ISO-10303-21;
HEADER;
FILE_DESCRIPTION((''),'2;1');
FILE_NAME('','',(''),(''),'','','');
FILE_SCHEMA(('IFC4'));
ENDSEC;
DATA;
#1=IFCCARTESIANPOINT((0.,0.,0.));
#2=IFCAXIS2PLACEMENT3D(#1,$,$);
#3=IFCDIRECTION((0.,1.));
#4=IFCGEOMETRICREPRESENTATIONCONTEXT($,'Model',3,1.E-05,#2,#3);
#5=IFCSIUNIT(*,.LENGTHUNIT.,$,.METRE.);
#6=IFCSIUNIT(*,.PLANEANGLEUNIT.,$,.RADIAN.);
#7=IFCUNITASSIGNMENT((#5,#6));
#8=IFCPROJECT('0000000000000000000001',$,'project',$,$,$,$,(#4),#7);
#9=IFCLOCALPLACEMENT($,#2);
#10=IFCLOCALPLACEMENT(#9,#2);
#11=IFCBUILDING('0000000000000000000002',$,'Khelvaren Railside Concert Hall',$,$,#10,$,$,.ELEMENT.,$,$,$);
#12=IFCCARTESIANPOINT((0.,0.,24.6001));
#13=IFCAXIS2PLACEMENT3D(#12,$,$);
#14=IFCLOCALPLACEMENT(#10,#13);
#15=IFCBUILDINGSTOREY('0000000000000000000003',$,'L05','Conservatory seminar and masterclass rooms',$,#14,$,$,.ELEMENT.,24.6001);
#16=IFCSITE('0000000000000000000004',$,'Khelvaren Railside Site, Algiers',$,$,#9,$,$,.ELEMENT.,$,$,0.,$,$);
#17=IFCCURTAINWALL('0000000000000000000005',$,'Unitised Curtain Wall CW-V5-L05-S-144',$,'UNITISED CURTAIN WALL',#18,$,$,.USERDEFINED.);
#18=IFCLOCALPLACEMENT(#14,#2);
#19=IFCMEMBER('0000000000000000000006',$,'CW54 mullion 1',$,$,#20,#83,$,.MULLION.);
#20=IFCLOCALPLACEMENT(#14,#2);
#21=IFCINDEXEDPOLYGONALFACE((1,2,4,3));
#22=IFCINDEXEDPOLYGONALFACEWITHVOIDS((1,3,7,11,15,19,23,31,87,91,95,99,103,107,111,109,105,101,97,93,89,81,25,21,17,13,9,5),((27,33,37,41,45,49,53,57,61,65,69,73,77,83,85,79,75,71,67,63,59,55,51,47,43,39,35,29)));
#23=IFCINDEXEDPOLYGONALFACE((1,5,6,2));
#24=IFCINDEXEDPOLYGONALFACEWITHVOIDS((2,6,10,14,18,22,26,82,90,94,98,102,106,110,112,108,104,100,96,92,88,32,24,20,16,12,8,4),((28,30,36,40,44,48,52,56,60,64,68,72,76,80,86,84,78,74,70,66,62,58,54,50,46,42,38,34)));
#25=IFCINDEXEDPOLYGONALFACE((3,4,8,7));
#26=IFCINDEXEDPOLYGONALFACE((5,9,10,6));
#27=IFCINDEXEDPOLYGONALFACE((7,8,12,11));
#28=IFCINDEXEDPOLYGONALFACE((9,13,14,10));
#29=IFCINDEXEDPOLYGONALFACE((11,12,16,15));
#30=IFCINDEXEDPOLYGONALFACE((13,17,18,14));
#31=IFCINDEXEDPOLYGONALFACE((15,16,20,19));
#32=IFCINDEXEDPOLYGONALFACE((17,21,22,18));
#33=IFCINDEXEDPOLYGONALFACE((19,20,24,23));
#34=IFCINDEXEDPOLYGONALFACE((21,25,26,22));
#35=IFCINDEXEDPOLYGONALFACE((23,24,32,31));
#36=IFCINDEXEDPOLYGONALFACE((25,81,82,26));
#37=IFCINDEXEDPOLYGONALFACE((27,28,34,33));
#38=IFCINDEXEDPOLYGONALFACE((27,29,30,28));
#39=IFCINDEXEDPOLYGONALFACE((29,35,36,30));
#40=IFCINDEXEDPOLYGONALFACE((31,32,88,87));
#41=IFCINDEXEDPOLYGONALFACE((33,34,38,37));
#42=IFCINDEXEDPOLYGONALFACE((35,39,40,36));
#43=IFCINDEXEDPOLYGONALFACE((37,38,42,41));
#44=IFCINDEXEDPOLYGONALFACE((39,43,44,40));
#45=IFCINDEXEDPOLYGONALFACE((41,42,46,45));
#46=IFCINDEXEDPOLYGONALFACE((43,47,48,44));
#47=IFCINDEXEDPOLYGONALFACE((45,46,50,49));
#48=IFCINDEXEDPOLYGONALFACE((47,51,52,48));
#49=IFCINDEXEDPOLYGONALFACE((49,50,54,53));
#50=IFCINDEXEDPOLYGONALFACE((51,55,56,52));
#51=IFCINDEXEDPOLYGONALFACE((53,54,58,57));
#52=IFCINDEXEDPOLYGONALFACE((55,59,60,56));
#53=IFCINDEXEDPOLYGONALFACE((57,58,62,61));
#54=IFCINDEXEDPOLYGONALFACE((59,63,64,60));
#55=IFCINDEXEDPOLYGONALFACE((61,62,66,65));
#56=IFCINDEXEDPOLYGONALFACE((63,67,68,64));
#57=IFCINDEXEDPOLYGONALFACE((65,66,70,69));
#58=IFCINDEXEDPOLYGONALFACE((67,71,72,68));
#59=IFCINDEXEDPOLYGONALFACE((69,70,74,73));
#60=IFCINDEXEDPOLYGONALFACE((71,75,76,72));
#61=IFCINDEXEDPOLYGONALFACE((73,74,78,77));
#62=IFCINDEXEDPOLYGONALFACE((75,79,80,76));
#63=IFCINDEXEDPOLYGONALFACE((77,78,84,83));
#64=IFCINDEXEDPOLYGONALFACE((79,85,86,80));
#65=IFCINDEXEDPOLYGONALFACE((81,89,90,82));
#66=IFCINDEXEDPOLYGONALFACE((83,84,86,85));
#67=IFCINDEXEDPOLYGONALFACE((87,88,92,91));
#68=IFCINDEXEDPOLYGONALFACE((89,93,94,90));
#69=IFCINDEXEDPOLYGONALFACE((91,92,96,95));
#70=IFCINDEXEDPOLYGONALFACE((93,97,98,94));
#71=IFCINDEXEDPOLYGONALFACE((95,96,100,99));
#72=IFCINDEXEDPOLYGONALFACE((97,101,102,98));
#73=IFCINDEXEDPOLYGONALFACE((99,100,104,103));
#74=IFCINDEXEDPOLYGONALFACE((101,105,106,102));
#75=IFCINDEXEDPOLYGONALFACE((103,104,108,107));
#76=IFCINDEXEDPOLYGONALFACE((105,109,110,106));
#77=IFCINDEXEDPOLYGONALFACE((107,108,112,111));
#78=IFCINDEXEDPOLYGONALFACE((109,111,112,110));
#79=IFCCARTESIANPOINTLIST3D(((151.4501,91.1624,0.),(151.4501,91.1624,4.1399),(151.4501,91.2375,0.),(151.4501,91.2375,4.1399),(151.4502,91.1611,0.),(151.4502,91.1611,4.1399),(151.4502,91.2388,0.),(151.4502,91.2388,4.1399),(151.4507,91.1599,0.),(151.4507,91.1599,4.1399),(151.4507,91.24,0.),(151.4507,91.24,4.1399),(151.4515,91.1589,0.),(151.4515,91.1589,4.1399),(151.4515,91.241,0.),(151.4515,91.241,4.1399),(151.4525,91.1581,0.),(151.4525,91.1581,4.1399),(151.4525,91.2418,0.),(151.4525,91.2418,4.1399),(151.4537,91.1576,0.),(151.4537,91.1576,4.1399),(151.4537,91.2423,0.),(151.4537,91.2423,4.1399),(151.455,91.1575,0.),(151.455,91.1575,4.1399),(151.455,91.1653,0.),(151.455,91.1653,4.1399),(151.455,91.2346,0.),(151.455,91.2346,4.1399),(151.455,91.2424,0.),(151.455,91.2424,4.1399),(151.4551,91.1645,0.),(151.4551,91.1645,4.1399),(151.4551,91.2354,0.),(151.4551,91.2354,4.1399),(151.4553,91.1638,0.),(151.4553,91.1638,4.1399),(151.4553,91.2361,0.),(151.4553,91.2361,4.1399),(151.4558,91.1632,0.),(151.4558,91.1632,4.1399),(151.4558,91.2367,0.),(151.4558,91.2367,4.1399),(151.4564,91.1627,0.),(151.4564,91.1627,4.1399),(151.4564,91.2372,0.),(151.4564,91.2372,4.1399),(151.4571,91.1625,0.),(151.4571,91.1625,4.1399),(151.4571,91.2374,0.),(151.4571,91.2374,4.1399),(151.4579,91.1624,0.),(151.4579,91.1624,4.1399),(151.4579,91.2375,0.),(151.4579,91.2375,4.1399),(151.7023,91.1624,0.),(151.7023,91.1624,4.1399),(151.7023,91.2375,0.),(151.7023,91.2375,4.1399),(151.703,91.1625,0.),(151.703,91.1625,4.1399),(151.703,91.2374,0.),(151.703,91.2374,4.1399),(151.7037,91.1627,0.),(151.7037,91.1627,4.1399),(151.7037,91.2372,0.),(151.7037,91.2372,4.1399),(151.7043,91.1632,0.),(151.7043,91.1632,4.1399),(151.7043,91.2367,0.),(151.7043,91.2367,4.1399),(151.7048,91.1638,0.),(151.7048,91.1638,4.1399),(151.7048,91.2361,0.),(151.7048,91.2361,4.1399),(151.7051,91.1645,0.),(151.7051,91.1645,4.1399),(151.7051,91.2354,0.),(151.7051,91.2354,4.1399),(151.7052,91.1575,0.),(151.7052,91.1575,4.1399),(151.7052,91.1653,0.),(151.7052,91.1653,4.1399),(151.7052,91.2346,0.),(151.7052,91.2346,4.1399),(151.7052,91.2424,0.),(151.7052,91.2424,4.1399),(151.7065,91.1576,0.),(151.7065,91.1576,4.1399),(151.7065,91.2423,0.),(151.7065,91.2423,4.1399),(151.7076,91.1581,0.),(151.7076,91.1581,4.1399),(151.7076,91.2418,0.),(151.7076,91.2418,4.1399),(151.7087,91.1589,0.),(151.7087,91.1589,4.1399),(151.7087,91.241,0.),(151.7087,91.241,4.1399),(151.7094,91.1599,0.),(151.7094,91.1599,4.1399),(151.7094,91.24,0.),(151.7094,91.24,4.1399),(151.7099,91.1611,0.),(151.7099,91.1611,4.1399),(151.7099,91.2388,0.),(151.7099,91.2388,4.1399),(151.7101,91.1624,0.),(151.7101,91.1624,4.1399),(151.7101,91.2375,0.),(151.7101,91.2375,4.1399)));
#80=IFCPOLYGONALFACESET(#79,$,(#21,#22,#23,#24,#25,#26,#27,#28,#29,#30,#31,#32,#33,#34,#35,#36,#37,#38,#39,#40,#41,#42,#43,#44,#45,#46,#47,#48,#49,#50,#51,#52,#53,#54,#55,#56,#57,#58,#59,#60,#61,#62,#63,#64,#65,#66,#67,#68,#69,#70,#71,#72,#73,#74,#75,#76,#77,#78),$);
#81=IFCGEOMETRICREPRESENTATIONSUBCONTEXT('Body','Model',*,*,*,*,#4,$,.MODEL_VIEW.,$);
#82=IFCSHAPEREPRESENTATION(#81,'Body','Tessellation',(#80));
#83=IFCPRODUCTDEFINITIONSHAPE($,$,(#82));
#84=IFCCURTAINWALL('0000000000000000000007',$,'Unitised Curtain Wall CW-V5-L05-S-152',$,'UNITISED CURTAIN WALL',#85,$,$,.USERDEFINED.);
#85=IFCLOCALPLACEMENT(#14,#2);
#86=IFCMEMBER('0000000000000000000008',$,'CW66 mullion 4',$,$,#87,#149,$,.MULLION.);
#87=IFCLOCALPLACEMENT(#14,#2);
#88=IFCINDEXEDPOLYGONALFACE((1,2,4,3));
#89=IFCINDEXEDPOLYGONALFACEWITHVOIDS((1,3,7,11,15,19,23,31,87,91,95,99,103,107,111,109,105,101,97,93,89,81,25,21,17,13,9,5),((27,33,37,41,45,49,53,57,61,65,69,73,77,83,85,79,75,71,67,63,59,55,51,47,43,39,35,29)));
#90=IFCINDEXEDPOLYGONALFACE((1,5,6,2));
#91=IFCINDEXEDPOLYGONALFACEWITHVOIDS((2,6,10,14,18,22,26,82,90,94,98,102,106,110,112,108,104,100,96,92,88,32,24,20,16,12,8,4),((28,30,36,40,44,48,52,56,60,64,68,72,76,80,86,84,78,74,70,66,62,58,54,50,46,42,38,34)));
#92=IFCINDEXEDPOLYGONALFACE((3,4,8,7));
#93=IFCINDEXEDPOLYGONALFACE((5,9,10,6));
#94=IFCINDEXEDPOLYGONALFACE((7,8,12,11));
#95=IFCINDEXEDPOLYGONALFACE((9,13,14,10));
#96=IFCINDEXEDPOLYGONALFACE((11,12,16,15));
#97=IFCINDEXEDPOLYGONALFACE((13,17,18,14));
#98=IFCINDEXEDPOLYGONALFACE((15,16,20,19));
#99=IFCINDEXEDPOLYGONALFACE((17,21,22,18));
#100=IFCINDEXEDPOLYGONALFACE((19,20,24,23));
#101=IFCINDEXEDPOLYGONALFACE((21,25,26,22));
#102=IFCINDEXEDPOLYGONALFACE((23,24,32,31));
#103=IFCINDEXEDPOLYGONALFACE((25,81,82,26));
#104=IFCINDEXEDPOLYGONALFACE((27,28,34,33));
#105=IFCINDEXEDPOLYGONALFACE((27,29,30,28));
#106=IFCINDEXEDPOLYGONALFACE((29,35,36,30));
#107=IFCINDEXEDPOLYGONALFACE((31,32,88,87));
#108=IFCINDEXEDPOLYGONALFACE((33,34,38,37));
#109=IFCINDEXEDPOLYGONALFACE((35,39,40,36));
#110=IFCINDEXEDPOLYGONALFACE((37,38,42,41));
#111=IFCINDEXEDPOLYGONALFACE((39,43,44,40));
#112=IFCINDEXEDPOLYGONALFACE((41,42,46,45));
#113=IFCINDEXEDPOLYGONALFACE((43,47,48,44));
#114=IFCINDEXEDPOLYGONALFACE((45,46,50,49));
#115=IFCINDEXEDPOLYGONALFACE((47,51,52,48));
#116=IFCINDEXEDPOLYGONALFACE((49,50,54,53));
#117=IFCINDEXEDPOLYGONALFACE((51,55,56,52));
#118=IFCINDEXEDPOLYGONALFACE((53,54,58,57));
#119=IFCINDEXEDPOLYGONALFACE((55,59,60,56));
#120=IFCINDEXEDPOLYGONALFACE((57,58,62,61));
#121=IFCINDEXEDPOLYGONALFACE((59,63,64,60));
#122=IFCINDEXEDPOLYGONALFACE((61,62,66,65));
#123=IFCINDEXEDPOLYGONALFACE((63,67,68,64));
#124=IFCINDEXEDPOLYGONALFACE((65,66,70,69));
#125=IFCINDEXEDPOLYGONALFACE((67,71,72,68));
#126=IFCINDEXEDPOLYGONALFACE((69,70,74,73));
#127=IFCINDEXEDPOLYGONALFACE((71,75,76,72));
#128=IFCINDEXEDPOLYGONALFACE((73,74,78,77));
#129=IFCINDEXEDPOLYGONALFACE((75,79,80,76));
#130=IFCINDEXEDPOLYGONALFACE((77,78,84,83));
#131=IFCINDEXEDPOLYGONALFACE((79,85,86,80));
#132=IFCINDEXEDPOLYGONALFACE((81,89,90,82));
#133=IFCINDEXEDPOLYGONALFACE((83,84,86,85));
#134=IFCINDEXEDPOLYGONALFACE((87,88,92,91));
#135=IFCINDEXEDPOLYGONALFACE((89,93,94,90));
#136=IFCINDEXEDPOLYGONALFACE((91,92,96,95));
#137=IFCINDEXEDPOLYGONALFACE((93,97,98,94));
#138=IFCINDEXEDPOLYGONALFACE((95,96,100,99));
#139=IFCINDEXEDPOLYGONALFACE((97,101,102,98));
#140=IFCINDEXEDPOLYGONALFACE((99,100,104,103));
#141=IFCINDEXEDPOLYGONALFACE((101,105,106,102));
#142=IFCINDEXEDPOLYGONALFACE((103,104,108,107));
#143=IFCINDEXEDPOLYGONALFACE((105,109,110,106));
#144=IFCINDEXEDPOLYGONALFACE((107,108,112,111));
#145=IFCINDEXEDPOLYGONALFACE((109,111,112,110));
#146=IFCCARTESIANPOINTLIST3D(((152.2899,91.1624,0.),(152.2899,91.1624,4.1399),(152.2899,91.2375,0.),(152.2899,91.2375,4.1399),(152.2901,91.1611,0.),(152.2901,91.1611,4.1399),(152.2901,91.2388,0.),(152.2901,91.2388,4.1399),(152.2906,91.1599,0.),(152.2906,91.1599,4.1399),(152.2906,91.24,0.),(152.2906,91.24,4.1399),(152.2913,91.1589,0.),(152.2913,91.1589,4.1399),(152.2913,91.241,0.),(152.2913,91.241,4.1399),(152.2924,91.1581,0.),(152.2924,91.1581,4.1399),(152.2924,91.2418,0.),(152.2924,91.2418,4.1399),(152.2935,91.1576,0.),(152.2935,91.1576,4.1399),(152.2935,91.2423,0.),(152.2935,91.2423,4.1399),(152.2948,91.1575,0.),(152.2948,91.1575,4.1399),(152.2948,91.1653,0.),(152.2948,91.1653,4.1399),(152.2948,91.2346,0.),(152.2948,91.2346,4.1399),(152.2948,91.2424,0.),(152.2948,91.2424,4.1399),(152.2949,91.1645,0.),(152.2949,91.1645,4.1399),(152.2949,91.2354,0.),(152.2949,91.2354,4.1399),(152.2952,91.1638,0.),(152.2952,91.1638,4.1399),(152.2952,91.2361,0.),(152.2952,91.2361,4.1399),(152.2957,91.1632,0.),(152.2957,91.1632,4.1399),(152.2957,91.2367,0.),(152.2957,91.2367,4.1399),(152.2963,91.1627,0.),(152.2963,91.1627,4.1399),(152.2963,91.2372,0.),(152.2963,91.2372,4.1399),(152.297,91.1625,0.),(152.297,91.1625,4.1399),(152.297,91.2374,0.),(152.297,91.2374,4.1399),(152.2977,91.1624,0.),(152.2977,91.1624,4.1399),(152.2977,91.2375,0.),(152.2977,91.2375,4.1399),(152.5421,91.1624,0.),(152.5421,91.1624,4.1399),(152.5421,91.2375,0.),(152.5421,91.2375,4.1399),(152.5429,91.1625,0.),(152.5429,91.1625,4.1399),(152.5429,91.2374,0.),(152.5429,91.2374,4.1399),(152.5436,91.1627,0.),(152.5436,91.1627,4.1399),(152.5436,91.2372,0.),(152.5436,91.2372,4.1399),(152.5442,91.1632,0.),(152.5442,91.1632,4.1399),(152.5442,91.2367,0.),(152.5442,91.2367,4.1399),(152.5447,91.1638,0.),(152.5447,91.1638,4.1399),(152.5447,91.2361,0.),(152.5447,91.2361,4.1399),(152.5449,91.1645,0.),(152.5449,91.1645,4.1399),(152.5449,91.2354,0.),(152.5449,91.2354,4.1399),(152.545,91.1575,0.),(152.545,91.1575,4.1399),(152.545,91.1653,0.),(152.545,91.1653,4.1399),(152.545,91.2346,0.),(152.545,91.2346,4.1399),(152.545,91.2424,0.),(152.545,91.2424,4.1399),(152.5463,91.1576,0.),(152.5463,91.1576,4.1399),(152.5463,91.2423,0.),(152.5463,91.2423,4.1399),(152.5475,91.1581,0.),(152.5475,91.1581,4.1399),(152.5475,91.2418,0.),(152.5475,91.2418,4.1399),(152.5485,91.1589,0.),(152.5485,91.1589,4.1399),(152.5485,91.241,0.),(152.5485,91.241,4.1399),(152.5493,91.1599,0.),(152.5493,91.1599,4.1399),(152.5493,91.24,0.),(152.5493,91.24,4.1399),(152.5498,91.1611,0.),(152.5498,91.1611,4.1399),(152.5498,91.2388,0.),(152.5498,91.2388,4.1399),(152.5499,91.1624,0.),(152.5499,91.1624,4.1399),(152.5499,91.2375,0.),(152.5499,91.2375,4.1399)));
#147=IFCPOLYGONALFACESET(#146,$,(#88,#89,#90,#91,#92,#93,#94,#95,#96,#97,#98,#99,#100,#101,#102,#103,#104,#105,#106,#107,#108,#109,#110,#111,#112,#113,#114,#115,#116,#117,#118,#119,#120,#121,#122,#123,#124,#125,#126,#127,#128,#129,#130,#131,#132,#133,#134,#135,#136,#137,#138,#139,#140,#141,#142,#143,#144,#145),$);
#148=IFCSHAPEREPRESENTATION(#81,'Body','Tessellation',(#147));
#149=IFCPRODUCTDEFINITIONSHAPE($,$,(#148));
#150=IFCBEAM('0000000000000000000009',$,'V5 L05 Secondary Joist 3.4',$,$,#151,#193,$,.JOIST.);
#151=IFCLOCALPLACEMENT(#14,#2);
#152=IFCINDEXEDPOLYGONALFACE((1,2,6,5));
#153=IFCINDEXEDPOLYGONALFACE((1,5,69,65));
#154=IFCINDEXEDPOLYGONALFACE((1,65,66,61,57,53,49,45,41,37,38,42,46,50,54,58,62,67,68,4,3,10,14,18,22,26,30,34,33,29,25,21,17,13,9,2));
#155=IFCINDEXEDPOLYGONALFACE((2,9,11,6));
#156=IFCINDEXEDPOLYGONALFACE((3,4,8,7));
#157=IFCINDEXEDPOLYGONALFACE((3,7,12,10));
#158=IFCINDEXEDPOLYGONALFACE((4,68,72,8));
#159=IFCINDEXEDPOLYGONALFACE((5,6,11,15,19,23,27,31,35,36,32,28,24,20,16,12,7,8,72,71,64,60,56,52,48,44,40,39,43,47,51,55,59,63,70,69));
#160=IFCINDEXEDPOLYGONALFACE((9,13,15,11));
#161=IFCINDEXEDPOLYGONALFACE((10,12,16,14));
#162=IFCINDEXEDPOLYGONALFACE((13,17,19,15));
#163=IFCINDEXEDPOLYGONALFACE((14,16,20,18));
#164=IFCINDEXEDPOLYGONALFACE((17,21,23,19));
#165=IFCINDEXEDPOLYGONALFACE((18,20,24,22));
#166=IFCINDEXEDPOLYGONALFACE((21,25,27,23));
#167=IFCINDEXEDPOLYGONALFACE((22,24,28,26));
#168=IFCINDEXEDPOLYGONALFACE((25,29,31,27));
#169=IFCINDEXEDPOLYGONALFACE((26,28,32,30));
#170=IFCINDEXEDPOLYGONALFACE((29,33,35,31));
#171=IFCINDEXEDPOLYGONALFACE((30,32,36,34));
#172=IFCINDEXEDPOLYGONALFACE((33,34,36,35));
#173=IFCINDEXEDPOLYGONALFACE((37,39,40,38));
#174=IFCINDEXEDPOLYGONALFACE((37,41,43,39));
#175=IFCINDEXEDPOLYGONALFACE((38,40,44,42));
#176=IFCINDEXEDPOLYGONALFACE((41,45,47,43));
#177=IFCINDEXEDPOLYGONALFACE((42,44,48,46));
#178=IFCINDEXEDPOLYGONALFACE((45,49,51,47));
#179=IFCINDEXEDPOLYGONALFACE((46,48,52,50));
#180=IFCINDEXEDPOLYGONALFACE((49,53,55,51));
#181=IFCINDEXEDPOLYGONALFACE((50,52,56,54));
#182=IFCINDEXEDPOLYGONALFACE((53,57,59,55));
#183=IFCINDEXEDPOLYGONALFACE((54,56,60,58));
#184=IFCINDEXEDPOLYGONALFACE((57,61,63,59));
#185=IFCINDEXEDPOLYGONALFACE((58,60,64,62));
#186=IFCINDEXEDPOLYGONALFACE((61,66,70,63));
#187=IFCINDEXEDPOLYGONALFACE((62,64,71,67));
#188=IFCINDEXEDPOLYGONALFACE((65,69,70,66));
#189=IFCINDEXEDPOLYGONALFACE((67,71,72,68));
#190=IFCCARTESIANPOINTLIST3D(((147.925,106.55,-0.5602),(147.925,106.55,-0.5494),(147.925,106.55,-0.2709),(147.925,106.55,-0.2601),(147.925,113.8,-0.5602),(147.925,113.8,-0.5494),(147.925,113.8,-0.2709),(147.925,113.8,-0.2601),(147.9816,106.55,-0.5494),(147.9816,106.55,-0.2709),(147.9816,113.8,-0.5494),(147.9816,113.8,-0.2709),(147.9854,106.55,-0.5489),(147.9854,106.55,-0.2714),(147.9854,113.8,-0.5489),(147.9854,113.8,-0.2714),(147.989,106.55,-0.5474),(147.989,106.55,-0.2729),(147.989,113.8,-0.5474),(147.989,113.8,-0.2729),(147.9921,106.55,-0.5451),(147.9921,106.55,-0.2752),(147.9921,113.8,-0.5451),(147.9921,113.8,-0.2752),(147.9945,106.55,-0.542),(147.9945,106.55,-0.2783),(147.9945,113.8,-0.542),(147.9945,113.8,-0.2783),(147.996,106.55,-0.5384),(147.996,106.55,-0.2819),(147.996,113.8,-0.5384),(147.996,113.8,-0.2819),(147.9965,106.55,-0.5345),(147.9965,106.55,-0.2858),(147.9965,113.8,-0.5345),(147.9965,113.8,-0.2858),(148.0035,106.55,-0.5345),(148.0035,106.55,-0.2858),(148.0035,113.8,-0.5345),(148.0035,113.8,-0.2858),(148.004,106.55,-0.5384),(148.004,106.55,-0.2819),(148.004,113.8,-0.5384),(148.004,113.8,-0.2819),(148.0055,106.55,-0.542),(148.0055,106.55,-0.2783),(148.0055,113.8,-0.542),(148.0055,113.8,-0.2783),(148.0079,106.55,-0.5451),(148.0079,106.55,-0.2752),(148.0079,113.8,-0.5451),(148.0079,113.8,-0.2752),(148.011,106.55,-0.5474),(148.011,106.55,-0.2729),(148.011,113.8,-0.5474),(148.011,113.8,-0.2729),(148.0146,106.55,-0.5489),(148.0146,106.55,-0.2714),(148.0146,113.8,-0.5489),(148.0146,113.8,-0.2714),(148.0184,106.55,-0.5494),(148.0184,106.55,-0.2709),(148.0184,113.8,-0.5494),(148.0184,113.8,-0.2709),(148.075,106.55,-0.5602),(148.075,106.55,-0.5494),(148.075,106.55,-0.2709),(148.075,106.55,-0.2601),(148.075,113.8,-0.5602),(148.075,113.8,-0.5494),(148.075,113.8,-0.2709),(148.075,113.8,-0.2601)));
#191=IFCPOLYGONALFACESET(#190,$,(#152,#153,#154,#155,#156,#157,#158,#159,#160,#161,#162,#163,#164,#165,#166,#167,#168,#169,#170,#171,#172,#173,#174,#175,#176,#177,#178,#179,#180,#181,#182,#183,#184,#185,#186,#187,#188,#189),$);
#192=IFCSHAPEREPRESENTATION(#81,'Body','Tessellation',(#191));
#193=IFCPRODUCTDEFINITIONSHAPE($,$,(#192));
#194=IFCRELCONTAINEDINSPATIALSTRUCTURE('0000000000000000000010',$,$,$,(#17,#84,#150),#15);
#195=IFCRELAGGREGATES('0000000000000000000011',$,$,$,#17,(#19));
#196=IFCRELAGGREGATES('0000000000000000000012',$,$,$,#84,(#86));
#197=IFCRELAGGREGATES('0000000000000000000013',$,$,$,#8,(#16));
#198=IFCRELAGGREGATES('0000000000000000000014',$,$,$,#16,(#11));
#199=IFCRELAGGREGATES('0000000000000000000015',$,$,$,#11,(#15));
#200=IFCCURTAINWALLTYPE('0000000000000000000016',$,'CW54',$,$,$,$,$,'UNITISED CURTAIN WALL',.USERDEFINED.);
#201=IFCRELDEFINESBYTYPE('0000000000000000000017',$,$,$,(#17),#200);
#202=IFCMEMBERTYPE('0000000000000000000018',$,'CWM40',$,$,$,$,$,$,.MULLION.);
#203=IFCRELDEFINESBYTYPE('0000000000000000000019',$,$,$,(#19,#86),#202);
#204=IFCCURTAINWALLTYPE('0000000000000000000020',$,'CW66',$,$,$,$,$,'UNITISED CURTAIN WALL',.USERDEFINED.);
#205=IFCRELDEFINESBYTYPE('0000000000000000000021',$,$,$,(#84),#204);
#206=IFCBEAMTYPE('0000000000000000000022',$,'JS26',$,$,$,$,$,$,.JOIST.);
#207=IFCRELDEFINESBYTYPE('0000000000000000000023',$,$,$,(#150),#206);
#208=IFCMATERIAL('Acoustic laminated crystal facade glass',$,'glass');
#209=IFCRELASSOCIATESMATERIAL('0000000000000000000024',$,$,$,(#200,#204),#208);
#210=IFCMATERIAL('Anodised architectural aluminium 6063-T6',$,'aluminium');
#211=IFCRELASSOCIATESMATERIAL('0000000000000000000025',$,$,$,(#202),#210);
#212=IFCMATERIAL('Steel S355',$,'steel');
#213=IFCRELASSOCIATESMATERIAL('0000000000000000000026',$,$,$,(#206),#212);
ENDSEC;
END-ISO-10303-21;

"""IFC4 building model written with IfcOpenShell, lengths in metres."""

from ifc_helpers import new_model, si_unit, direction, frame, origin, origin_2d, place, context, subcontext, project, spatial, hollow_rectangle, i_section, extrude, material, material_profile, profile_set, type_object, element, aggregate, save


model = new_model("IFC4")

# Units and contexts
model_context = context("Model", 3, precision=1e-05, world=origin(), true_north=direction((0.0, 1.0)))
body_context = subcontext(model_context, "Body", "Model", "MODEL_VIEW")
ifc_project = project(units=[si_unit("LENGTHUNIT", "METRE"), si_unit("PLANEANGLEUNIT", "RADIAN")], contexts=[model_context])

# Site, building, storey
site_placement = place(None, origin())
site = spatial("IfcSite", under=ifc_project, at=site_placement, Name="Khelvaren Railside Site, Algiers", CompositionType="ELEMENT", RefElevation=0.0)
building_placement = place(site_placement, origin())
building = spatial("IfcBuilding", under=site, at=building_placement, Name="Khelvaren Railside Concert Hall", CompositionType="ELEMENT")
storey_placement = place(building_placement, frame((0.0, 0.0, 24.6001)))
storey = spatial("IfcBuildingStorey", under=building, at=storey_placement, Name="L05", Description="Conservatory seminar and masterclass rooms", CompositionType="ELEMENT", Elevation=24.6001)

# Shared definitions
ifc_material_1 = material(Name="Steel S355", Category="steel")

# Curtain walls, members
ifc_material_2 = material(Name="Acoustic laminated crystal facade glass", Category="glass")
curtain_wall_type_1 = type_object("IfcCurtainWallType", Name="CW54", ElementType="UNITISED CURTAIN WALL", PredefinedType="USERDEFINED", material=ifc_material_2)
curtain_wall_1_placement = place(storey_placement, origin())
curtain_wall_1 = element("IfcCurtainWall", 1, at=curtain_wall_1_placement, inside=storey, type_object=curtain_wall_type_1, Name="Unitised Curtain Wall CW-V5-L05-S-144", ObjectType="UNITISED CURTAIN WALL", PredefinedType="USERDEFINED")
ifc_material_3 = material(Name="Anodised architectural aluminium 6063-T6", Category="aluminium")
ifc_material_profile_1 = material_profile(ifc_material_3, hollow_rectangle(XDim=0.085, YDim=0.26, WallThickness=0.0049, InnerFilletRadius=0.0029, OuterFilletRadius=0.0049, at=origin_2d()), Name="CWM 85x260x5")
ifc_profile_set_1 = profile_set([ifc_material_profile_1], Name="Anodised architectural aluminium 6063-T6")
member_type_1 = type_object("IfcMemberType", Name="CWM40", PredefinedType="MULLION", material=ifc_profile_set_1)
member_1_placement = place(storey_placement, frame((151.5801, 91.2, 0.0), z_axis=(0.0, 0.0, 1.0), x_axis=(0.0, -1.0, 0.0)))
member_1 = element("IfcMember", 2, at=member_1_placement, type_object=member_type_1, Name="CW54 mullion 1", PredefinedType="MULLION", context=body_context, shape_type="SweptSolid", body=[
    extrude(hollow_rectangle(XDim=0.085, YDim=0.26, WallThickness=0.0049, InnerFilletRadius=0.0029, OuterFilletRadius=0.0049, at=origin_2d()), origin(), (0.0, 0.0, 1.0), 4.1399),
])
aggregate(curtain_wall_1, [member_1])
curtain_wall_type_2 = type_object("IfcCurtainWallType", Name="CW66", ElementType="UNITISED CURTAIN WALL", PredefinedType="USERDEFINED", material=ifc_material_2)
curtain_wall_2_placement = place(storey_placement, origin())
curtain_wall_2 = element("IfcCurtainWall", 3, at=curtain_wall_2_placement, inside=storey, type_object=curtain_wall_type_2, Name="Unitised Curtain Wall CW-V5-L05-S-152", ObjectType="UNITISED CURTAIN WALL", PredefinedType="USERDEFINED")
member_2_placement = place(storey_placement, frame((152.4199, 91.2, 0.0), z_axis=(0.0, 0.0, 1.0), x_axis=(0.0, -1.0, 0.0)))
member_2 = element("IfcMember", 4, at=member_2_placement, type_object=member_type_1, Name="CW66 mullion 4", PredefinedType="MULLION", context=body_context, shape_type="SweptSolid", body=[
    extrude(hollow_rectangle(XDim=0.085, YDim=0.26, WallThickness=0.0049, InnerFilletRadius=0.0029, OuterFilletRadius=0.0049, at=origin_2d()), origin(), (0.0, 0.0, 1.0), 4.1399),
])
aggregate(curtain_wall_2, [member_2])

# Beam
ifc_material_profile_2 = material_profile(ifc_material_1, i_section(OverallWidth=0.1499, OverallDepth=0.3, WebThickness=0.0071, FlangeThickness=0.0107, FilletRadius=0.0149, at=origin_2d()), Name="IPE 300")
ifc_profile_set_2 = profile_set([ifc_material_profile_2], Name="Steel S355")
beam_type_1 = type_object("IfcBeamType", Name="JS26", PredefinedType="JOIST", material=ifc_profile_set_2)
beam_1_placement = place(storey_placement, frame((148.0, 106.55, -0.4102), z_axis=(0.0, 1.0, 0.0), x_axis=(-1.0, 0.0, 0.0)))
element("IfcBeam", 5, at=beam_1_placement, inside=storey, type_object=beam_type_1, Name="V5 L05 Secondary Joist 3.4", PredefinedType="JOIST", context=body_context, shape_type="SweptSolid", body=[
    extrude(i_section(OverallWidth=0.1499, OverallDepth=0.3, WebThickness=0.0071, FlangeThickness=0.0107, FilletRadius=0.0149, at=origin_2d()), origin(), (0.0, 0.0, 1.0), 7.25),
])

save(model, "model.ifc")
